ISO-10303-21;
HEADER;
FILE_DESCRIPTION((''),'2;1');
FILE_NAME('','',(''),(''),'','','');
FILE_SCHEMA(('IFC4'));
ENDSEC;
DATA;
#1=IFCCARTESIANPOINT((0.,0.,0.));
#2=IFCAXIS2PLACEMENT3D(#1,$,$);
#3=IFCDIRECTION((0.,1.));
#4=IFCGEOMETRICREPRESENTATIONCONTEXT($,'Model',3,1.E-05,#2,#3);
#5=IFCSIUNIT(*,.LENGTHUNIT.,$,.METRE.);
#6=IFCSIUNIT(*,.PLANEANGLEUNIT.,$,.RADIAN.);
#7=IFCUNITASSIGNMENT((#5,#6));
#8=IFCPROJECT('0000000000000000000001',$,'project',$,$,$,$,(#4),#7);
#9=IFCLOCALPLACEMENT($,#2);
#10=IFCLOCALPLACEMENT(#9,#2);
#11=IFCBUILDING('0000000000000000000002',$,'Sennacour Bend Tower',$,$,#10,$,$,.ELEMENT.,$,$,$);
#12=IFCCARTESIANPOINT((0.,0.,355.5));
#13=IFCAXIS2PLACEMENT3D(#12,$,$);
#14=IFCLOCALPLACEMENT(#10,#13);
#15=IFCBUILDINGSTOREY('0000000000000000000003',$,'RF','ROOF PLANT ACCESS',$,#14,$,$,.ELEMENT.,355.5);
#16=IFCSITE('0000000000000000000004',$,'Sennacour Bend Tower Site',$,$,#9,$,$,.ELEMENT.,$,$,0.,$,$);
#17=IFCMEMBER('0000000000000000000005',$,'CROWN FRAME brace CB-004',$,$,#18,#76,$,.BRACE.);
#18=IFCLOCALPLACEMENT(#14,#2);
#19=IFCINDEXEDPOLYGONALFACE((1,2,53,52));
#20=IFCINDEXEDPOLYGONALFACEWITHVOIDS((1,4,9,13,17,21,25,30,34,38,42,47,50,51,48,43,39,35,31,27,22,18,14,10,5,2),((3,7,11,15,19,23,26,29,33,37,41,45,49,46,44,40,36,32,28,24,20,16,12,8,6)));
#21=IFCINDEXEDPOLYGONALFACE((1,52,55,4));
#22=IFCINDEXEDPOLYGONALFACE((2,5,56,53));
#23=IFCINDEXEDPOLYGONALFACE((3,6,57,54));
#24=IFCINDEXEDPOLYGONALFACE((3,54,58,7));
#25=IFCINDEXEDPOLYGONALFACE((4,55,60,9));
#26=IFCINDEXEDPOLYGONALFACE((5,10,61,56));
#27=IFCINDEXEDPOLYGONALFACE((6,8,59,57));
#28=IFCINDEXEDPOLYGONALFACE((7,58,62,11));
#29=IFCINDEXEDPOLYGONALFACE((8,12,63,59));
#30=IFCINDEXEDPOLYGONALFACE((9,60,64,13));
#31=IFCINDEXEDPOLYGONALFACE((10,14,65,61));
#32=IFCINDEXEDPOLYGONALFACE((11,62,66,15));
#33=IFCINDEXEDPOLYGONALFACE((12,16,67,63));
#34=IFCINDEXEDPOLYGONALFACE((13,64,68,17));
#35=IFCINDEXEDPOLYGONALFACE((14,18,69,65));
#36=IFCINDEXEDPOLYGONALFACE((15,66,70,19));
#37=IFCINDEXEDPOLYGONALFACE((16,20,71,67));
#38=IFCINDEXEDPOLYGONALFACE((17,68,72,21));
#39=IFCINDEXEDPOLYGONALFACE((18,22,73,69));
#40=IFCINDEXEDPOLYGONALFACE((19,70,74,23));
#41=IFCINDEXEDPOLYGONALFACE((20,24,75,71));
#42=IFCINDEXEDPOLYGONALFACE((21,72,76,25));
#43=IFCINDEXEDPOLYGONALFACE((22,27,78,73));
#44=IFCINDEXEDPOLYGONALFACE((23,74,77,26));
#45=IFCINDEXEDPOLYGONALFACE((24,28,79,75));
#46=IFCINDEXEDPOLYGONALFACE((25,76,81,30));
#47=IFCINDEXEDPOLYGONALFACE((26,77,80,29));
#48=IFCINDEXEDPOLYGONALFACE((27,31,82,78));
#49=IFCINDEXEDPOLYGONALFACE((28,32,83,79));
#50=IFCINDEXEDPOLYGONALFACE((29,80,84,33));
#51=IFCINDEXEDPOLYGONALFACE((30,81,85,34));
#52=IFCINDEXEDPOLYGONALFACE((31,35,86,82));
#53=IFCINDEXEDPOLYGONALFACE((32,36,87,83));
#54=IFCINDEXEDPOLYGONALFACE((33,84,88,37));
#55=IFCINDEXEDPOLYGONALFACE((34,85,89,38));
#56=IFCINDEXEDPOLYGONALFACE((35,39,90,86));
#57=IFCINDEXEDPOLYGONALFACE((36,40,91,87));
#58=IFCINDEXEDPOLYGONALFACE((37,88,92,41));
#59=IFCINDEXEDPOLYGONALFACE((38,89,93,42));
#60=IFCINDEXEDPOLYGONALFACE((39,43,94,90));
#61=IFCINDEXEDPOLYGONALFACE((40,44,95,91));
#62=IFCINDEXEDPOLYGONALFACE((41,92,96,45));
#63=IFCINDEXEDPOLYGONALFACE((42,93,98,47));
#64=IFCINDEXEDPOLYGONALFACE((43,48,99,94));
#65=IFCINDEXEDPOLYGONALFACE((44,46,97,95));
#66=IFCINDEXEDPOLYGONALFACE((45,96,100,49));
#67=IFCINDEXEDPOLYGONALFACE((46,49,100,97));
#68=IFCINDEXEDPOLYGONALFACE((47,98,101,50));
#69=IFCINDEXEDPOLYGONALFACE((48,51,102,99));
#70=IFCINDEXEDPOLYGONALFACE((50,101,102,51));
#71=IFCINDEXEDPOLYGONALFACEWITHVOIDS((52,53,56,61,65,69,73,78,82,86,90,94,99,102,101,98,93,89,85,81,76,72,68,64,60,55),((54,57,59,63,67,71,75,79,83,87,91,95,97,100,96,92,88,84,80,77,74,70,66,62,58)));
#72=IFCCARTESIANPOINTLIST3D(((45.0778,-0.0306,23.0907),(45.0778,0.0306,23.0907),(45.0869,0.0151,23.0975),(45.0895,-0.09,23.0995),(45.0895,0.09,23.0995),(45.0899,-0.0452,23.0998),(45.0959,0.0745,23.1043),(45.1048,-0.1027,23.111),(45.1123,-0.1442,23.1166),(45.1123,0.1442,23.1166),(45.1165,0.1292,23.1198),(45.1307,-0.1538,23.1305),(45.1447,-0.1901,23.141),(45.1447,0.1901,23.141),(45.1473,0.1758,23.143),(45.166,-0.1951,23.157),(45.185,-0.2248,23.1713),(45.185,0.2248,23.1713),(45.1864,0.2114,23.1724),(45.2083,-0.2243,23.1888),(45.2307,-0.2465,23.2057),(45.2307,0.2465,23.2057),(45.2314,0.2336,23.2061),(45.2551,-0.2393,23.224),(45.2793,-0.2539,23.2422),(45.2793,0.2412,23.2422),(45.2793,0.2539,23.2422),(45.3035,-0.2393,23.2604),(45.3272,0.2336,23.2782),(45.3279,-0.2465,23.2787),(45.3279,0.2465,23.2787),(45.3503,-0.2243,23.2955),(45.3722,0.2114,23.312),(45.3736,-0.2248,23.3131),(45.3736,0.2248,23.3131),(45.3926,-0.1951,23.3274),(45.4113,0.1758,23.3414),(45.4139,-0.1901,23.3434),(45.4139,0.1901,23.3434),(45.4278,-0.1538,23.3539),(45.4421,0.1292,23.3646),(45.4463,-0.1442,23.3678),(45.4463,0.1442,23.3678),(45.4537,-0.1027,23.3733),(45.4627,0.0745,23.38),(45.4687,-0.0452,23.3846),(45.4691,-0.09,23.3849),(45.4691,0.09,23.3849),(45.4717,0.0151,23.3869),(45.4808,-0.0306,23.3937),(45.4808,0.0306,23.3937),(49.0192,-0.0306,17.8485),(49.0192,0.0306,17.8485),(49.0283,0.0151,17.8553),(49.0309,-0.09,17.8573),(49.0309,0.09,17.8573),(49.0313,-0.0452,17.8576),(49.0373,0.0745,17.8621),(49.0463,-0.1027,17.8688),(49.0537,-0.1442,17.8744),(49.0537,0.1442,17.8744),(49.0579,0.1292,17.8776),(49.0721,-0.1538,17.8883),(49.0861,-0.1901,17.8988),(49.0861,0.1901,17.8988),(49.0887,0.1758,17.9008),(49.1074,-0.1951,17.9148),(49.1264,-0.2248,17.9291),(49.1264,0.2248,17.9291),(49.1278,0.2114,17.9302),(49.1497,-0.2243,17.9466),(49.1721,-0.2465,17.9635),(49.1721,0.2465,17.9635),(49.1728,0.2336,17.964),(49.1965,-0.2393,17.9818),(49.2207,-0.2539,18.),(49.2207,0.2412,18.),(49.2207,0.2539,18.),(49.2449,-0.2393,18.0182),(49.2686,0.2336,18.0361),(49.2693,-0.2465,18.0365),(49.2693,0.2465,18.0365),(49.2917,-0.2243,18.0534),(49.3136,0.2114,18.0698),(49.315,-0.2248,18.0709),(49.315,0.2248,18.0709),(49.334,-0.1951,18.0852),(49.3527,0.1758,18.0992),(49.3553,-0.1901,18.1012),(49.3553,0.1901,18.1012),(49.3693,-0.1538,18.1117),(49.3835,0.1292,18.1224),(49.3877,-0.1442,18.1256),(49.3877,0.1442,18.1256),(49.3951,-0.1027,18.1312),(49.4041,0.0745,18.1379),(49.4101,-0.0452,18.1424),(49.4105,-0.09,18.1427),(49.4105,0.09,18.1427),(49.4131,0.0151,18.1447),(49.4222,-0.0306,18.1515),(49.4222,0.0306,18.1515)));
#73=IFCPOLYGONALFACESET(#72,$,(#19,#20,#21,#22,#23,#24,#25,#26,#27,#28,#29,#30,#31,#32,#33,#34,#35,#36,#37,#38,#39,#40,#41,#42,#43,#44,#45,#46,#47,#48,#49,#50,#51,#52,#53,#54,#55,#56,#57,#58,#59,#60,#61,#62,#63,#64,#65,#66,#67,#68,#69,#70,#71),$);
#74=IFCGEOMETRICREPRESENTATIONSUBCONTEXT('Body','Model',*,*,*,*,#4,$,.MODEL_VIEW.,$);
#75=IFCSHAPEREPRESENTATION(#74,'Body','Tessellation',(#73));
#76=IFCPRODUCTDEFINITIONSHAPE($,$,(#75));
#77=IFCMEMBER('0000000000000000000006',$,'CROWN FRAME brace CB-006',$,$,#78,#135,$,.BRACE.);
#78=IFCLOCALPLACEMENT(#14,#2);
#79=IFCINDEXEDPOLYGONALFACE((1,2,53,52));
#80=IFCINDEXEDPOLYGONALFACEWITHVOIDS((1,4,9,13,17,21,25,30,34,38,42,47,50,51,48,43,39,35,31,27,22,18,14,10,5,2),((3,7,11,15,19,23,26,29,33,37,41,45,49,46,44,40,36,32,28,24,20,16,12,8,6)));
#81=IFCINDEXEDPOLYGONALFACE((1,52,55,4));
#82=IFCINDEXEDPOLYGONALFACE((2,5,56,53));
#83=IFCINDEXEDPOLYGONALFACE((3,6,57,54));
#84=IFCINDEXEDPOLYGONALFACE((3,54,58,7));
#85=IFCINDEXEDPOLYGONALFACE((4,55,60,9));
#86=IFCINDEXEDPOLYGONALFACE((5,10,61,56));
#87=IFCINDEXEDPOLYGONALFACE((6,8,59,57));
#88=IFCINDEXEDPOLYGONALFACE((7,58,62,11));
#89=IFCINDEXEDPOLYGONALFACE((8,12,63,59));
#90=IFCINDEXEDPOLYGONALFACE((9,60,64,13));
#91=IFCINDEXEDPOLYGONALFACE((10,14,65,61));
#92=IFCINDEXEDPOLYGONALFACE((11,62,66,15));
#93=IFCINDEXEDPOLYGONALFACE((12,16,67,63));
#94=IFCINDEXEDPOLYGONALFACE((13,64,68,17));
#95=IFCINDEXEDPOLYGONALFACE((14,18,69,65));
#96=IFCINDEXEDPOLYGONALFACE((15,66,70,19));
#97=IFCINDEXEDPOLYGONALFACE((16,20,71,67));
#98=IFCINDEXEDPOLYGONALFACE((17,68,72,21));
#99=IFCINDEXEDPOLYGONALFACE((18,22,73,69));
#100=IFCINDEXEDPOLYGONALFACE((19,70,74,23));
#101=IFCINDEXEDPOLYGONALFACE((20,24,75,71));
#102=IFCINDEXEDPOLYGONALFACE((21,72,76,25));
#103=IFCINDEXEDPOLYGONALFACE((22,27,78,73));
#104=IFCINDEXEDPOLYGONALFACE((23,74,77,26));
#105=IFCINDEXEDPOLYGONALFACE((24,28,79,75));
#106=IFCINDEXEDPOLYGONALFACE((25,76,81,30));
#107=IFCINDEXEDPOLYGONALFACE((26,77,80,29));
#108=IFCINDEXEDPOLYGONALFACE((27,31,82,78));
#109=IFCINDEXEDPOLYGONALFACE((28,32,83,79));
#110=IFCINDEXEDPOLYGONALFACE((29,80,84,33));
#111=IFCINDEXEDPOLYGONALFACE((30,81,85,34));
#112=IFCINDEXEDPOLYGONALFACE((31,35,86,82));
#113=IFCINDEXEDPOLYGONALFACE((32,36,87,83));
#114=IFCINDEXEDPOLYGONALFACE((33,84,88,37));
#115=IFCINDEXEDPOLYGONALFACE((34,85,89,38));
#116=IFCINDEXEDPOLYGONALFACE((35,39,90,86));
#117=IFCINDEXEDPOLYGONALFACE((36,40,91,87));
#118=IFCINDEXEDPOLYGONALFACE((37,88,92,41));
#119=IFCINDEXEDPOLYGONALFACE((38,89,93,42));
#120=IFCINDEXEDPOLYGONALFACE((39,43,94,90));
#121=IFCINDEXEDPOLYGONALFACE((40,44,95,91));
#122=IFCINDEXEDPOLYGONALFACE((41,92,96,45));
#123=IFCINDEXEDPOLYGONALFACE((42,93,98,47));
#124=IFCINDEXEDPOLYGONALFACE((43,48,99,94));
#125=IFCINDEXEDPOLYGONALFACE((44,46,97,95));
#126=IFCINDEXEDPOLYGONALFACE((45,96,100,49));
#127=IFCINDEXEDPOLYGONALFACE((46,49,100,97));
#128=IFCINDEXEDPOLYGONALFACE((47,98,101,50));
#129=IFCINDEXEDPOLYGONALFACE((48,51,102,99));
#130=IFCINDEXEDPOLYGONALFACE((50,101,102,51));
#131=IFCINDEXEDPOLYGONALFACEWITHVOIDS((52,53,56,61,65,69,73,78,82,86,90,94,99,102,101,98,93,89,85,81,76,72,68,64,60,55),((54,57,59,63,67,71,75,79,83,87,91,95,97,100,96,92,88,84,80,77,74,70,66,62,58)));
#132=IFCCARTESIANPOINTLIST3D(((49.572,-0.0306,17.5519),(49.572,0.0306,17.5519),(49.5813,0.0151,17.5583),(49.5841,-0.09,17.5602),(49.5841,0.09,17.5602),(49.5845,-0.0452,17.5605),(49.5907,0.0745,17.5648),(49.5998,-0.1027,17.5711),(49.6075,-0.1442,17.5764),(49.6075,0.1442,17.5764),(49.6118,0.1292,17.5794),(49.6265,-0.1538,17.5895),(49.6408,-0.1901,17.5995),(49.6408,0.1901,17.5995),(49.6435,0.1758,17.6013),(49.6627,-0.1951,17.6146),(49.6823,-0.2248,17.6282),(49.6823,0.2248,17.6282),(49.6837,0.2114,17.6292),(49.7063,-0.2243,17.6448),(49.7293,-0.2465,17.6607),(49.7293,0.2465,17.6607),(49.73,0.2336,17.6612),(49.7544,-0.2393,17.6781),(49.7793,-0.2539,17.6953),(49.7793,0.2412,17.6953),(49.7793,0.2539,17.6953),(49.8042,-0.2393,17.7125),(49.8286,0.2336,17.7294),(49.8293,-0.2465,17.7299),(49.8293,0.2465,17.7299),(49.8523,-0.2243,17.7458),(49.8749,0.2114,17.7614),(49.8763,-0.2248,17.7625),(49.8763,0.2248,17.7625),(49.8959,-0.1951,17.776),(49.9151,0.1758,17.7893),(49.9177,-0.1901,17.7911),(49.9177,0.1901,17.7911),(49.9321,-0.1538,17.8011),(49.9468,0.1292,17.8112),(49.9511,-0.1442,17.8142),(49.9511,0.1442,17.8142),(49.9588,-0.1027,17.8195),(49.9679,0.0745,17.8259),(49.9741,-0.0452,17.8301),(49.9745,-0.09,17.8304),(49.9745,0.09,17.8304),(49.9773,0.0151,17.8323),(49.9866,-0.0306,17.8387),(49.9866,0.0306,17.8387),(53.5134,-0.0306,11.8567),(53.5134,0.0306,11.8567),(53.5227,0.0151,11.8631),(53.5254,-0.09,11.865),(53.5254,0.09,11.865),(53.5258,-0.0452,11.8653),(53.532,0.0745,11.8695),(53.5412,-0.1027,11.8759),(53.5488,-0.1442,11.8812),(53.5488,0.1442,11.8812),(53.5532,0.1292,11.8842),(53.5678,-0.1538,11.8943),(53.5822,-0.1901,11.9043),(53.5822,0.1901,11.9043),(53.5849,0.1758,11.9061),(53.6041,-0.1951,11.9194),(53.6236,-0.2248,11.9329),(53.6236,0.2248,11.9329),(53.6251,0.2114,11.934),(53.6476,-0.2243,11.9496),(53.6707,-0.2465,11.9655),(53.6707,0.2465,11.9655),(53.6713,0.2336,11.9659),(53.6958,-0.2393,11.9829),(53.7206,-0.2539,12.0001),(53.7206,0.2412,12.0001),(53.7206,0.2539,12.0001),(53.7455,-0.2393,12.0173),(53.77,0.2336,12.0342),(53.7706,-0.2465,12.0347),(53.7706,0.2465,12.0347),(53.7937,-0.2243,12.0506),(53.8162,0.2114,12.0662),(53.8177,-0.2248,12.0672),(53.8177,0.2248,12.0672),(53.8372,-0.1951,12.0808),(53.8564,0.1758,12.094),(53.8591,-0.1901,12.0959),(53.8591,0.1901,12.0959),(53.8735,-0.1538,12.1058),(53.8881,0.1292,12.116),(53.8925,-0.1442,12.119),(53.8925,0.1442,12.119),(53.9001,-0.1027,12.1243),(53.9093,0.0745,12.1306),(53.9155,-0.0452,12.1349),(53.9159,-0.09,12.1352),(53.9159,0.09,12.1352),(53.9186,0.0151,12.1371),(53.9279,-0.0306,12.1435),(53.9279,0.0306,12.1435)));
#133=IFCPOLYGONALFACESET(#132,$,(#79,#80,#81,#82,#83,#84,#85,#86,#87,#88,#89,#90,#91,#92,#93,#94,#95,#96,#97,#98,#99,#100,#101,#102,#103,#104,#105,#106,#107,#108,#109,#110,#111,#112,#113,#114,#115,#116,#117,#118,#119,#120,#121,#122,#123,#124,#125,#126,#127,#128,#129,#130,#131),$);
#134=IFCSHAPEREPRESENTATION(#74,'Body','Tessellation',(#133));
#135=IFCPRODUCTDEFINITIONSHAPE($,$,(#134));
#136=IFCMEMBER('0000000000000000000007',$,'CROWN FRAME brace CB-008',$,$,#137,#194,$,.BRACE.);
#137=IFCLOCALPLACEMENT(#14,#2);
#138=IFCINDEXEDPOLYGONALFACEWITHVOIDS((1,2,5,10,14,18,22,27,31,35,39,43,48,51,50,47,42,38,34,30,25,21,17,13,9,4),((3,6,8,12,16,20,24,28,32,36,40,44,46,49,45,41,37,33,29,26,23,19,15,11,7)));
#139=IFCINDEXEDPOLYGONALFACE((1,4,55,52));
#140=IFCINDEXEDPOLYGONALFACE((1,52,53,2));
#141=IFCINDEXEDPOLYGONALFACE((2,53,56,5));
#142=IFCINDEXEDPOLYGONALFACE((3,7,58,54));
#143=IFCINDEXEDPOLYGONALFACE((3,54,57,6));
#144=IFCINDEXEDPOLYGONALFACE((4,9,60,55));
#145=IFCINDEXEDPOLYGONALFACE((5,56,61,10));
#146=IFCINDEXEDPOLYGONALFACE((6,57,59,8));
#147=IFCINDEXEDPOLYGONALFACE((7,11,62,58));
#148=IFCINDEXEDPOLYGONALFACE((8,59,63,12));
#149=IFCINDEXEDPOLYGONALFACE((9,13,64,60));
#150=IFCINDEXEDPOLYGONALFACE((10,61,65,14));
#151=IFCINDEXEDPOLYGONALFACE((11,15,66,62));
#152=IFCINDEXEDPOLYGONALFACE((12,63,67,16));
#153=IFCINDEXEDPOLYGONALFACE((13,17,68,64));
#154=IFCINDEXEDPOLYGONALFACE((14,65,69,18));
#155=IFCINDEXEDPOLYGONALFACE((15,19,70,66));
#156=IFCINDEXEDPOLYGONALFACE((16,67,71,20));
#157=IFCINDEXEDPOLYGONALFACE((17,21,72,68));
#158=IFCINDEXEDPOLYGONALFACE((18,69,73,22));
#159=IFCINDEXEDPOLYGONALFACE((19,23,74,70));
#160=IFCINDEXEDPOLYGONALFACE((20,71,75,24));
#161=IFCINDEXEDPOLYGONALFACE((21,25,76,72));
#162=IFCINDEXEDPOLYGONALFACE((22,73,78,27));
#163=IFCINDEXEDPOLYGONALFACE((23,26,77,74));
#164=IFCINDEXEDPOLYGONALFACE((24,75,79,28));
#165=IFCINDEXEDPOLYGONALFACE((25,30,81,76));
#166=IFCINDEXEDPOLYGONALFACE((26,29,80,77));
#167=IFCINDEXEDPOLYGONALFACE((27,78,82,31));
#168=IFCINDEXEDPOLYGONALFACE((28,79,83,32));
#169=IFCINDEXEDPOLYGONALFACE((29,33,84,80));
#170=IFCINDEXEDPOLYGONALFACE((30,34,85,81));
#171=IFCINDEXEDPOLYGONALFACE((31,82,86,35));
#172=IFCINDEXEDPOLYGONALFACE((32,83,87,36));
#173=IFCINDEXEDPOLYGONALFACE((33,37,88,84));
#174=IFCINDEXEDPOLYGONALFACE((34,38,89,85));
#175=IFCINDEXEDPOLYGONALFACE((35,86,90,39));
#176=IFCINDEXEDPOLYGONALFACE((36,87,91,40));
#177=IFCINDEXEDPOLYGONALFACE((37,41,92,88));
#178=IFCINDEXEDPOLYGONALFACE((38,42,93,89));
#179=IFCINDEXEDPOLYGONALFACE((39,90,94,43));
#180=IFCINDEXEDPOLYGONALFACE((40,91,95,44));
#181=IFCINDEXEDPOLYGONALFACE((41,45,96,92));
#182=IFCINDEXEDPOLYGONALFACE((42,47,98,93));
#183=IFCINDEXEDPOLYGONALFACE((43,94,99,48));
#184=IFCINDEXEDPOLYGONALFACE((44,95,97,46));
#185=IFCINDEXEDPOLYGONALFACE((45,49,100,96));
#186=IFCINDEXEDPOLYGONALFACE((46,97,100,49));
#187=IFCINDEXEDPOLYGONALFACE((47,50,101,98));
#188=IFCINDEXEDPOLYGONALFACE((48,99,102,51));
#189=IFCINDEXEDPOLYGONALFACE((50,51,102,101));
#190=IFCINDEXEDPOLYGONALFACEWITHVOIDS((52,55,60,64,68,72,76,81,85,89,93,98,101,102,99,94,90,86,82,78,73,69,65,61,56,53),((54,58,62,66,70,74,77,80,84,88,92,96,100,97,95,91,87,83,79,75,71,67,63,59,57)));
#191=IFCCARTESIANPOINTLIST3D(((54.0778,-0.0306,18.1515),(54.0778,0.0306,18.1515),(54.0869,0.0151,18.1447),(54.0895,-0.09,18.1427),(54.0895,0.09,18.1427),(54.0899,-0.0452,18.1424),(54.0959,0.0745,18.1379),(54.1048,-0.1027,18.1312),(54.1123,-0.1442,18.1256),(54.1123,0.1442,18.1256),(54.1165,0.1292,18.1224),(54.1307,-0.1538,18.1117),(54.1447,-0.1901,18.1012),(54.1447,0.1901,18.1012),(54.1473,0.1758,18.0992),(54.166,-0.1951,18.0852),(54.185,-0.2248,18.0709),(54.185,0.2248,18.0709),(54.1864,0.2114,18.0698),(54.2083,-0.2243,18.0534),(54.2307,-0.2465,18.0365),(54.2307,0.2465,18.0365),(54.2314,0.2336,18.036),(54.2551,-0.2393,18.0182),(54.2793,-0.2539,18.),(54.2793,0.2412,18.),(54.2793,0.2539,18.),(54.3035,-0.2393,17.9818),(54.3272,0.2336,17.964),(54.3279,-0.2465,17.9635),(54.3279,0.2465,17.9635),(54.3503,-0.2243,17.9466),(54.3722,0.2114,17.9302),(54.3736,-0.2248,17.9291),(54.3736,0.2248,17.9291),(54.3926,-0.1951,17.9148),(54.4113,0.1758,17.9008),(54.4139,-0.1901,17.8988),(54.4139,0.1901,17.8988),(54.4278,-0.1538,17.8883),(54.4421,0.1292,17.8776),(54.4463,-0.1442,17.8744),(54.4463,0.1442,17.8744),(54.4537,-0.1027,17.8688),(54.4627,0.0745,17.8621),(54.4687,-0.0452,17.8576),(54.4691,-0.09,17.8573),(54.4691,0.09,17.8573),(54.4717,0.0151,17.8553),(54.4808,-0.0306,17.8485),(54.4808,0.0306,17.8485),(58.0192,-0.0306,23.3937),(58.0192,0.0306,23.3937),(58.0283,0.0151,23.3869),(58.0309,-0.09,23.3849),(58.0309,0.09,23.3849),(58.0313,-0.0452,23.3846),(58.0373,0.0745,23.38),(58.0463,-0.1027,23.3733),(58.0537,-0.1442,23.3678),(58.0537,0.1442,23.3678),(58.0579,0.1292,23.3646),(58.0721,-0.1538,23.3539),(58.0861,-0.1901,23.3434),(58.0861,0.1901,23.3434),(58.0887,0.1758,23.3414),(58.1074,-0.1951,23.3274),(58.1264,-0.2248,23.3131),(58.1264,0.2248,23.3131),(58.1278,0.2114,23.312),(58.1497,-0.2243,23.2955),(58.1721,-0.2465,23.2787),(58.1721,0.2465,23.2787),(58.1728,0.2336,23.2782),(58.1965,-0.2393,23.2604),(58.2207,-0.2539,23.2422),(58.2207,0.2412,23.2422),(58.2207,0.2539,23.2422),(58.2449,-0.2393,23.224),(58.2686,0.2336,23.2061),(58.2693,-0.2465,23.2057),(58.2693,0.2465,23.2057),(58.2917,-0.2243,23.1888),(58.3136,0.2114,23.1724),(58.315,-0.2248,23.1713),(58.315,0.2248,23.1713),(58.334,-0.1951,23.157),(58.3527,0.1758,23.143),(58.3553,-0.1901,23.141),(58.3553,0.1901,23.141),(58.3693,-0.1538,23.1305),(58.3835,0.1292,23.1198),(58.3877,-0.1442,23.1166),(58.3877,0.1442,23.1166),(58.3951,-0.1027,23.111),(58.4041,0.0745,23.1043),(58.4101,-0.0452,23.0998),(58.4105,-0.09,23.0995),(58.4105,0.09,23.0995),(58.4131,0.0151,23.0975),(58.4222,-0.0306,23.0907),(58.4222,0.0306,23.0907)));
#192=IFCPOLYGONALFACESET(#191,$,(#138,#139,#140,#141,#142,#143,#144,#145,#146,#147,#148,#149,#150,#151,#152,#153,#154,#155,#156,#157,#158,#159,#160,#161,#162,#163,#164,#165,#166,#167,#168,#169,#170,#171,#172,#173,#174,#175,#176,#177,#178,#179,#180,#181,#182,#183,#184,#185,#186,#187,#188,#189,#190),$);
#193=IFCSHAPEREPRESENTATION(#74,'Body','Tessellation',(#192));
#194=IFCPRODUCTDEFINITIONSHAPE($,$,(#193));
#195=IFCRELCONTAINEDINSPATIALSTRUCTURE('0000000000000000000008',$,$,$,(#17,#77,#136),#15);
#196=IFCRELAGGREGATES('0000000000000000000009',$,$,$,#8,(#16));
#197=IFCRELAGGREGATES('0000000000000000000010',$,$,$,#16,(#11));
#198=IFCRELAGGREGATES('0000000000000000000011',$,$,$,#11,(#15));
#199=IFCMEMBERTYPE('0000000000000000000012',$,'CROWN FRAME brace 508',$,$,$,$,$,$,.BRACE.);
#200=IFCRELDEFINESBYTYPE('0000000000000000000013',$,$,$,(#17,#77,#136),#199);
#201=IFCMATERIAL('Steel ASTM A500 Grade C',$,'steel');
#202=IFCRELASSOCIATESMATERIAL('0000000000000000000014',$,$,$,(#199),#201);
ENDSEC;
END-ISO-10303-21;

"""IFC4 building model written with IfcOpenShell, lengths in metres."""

from ifc_helpers import new_model, si_unit, direction, frame, origin, origin_2d, place, context, subcontext, project, spatial, hollow_circle, extrude, material, material_profile, profile_set, type_object, element, save


model = new_model("IFC4")

# Units and contexts
model_context = context("Model", 3, precision=1e-05, world=origin(), true_north=direction((0.0, 1.0)))
body_context = subcontext(model_context, "Body", "Model", "MODEL_VIEW")
ifc_project = project(units=[si_unit("LENGTHUNIT", "METRE"), si_unit("PLANEANGLEUNIT", "RADIAN")], contexts=[model_context])

# Site, building, storey
site_placement = place(None, origin())
site = spatial("IfcSite", under=ifc_project, at=site_placement, Name="Sennacour Bend Tower Site", CompositionType="ELEMENT", RefElevation=0.0)
building_placement = place(site_placement, origin())
building = spatial("IfcBuilding", under=site, at=building_placement, Name="Sennacour Bend Tower", CompositionType="ELEMENT")
storey_placement = place(building_placement, frame((0.0, 0.0, 355.5)))
storey = spatial("IfcBuildingStorey", under=building, at=storey_placement, Name="RF", Description="ROOF PLANT ACCESS", CompositionType="ELEMENT", Elevation=355.5)

# Members
ifc_material_1 = material(Name="Steel ASTM A500 Grade C", Category="steel")
ifc_material_profile_1 = material_profile(ifc_material_1, hollow_circle(Radius=0.2539, WallThickness=0.0127, at=origin_2d()), Name="Steel ASTM A500 Grade C", Category="steel")
ifc_profile_set_1 = profile_set([ifc_material_profile_1], Name="Steel ASTM A500 Grade C")
member_type_1 = type_object("IfcMemberType", Name="CROWN FRAME brace 508", PredefinedType="BRACE", material=ifc_profile_set_1)
member_1_placement = place(storey_placement, frame((45.2793, 0.0, 23.2422), z_axis=(0.600953, 0.0, -0.799285), x_axis=(0.0, 1.0, 0.0)))
element("IfcMember", 1, at=member_1_placement, inside=storey, type_object=member_type_1, Name="CROWN FRAME brace CB-004", PredefinedType="BRACE", context=body_context, shape_type="SweptSolid", body=[
    extrude(hollow_circle(Radius=0.2539, WallThickness=0.0127, at=origin_2d()), origin(), (0.0, 0.0, 1.0), 6.5586),
])
member_2_placement = place(storey_placement, frame((49.7793, 0.0, 17.6953), z_axis=(0.569063, 0.0, -0.822294), x_axis=(0.0, 1.0, 0.0)))
element("IfcMember", 2, at=member_2_placement, inside=storey, type_object=member_type_1, Name="CROWN FRAME brace CB-006", PredefinedType="BRACE", context=body_context, shape_type="SweptSolid", body=[
    extrude(hollow_circle(Radius=0.2539, WallThickness=0.0127, at=origin_2d()), origin(), (0.0, 0.0, 1.0), 6.926),
])
member_3_placement = place(storey_placement, frame((54.2793, 0.0, 18.0), z_axis=(0.600953, 0.0, 0.799285), x_axis=(0.0, 1.0, 0.0)))
element("IfcMember", 3, at=member_3_placement, inside=storey, type_object=member_type_1, Name="CROWN FRAME brace CB-008", PredefinedType="BRACE", context=body_context, shape_type="SweptSolid", body=[
    extrude(hollow_circle(Radius=0.2539, WallThickness=0.0127, at=origin_2d()), origin(), (0.0, 0.0, 1.0), 6.5586),
])

save(model, "model.ifc")
